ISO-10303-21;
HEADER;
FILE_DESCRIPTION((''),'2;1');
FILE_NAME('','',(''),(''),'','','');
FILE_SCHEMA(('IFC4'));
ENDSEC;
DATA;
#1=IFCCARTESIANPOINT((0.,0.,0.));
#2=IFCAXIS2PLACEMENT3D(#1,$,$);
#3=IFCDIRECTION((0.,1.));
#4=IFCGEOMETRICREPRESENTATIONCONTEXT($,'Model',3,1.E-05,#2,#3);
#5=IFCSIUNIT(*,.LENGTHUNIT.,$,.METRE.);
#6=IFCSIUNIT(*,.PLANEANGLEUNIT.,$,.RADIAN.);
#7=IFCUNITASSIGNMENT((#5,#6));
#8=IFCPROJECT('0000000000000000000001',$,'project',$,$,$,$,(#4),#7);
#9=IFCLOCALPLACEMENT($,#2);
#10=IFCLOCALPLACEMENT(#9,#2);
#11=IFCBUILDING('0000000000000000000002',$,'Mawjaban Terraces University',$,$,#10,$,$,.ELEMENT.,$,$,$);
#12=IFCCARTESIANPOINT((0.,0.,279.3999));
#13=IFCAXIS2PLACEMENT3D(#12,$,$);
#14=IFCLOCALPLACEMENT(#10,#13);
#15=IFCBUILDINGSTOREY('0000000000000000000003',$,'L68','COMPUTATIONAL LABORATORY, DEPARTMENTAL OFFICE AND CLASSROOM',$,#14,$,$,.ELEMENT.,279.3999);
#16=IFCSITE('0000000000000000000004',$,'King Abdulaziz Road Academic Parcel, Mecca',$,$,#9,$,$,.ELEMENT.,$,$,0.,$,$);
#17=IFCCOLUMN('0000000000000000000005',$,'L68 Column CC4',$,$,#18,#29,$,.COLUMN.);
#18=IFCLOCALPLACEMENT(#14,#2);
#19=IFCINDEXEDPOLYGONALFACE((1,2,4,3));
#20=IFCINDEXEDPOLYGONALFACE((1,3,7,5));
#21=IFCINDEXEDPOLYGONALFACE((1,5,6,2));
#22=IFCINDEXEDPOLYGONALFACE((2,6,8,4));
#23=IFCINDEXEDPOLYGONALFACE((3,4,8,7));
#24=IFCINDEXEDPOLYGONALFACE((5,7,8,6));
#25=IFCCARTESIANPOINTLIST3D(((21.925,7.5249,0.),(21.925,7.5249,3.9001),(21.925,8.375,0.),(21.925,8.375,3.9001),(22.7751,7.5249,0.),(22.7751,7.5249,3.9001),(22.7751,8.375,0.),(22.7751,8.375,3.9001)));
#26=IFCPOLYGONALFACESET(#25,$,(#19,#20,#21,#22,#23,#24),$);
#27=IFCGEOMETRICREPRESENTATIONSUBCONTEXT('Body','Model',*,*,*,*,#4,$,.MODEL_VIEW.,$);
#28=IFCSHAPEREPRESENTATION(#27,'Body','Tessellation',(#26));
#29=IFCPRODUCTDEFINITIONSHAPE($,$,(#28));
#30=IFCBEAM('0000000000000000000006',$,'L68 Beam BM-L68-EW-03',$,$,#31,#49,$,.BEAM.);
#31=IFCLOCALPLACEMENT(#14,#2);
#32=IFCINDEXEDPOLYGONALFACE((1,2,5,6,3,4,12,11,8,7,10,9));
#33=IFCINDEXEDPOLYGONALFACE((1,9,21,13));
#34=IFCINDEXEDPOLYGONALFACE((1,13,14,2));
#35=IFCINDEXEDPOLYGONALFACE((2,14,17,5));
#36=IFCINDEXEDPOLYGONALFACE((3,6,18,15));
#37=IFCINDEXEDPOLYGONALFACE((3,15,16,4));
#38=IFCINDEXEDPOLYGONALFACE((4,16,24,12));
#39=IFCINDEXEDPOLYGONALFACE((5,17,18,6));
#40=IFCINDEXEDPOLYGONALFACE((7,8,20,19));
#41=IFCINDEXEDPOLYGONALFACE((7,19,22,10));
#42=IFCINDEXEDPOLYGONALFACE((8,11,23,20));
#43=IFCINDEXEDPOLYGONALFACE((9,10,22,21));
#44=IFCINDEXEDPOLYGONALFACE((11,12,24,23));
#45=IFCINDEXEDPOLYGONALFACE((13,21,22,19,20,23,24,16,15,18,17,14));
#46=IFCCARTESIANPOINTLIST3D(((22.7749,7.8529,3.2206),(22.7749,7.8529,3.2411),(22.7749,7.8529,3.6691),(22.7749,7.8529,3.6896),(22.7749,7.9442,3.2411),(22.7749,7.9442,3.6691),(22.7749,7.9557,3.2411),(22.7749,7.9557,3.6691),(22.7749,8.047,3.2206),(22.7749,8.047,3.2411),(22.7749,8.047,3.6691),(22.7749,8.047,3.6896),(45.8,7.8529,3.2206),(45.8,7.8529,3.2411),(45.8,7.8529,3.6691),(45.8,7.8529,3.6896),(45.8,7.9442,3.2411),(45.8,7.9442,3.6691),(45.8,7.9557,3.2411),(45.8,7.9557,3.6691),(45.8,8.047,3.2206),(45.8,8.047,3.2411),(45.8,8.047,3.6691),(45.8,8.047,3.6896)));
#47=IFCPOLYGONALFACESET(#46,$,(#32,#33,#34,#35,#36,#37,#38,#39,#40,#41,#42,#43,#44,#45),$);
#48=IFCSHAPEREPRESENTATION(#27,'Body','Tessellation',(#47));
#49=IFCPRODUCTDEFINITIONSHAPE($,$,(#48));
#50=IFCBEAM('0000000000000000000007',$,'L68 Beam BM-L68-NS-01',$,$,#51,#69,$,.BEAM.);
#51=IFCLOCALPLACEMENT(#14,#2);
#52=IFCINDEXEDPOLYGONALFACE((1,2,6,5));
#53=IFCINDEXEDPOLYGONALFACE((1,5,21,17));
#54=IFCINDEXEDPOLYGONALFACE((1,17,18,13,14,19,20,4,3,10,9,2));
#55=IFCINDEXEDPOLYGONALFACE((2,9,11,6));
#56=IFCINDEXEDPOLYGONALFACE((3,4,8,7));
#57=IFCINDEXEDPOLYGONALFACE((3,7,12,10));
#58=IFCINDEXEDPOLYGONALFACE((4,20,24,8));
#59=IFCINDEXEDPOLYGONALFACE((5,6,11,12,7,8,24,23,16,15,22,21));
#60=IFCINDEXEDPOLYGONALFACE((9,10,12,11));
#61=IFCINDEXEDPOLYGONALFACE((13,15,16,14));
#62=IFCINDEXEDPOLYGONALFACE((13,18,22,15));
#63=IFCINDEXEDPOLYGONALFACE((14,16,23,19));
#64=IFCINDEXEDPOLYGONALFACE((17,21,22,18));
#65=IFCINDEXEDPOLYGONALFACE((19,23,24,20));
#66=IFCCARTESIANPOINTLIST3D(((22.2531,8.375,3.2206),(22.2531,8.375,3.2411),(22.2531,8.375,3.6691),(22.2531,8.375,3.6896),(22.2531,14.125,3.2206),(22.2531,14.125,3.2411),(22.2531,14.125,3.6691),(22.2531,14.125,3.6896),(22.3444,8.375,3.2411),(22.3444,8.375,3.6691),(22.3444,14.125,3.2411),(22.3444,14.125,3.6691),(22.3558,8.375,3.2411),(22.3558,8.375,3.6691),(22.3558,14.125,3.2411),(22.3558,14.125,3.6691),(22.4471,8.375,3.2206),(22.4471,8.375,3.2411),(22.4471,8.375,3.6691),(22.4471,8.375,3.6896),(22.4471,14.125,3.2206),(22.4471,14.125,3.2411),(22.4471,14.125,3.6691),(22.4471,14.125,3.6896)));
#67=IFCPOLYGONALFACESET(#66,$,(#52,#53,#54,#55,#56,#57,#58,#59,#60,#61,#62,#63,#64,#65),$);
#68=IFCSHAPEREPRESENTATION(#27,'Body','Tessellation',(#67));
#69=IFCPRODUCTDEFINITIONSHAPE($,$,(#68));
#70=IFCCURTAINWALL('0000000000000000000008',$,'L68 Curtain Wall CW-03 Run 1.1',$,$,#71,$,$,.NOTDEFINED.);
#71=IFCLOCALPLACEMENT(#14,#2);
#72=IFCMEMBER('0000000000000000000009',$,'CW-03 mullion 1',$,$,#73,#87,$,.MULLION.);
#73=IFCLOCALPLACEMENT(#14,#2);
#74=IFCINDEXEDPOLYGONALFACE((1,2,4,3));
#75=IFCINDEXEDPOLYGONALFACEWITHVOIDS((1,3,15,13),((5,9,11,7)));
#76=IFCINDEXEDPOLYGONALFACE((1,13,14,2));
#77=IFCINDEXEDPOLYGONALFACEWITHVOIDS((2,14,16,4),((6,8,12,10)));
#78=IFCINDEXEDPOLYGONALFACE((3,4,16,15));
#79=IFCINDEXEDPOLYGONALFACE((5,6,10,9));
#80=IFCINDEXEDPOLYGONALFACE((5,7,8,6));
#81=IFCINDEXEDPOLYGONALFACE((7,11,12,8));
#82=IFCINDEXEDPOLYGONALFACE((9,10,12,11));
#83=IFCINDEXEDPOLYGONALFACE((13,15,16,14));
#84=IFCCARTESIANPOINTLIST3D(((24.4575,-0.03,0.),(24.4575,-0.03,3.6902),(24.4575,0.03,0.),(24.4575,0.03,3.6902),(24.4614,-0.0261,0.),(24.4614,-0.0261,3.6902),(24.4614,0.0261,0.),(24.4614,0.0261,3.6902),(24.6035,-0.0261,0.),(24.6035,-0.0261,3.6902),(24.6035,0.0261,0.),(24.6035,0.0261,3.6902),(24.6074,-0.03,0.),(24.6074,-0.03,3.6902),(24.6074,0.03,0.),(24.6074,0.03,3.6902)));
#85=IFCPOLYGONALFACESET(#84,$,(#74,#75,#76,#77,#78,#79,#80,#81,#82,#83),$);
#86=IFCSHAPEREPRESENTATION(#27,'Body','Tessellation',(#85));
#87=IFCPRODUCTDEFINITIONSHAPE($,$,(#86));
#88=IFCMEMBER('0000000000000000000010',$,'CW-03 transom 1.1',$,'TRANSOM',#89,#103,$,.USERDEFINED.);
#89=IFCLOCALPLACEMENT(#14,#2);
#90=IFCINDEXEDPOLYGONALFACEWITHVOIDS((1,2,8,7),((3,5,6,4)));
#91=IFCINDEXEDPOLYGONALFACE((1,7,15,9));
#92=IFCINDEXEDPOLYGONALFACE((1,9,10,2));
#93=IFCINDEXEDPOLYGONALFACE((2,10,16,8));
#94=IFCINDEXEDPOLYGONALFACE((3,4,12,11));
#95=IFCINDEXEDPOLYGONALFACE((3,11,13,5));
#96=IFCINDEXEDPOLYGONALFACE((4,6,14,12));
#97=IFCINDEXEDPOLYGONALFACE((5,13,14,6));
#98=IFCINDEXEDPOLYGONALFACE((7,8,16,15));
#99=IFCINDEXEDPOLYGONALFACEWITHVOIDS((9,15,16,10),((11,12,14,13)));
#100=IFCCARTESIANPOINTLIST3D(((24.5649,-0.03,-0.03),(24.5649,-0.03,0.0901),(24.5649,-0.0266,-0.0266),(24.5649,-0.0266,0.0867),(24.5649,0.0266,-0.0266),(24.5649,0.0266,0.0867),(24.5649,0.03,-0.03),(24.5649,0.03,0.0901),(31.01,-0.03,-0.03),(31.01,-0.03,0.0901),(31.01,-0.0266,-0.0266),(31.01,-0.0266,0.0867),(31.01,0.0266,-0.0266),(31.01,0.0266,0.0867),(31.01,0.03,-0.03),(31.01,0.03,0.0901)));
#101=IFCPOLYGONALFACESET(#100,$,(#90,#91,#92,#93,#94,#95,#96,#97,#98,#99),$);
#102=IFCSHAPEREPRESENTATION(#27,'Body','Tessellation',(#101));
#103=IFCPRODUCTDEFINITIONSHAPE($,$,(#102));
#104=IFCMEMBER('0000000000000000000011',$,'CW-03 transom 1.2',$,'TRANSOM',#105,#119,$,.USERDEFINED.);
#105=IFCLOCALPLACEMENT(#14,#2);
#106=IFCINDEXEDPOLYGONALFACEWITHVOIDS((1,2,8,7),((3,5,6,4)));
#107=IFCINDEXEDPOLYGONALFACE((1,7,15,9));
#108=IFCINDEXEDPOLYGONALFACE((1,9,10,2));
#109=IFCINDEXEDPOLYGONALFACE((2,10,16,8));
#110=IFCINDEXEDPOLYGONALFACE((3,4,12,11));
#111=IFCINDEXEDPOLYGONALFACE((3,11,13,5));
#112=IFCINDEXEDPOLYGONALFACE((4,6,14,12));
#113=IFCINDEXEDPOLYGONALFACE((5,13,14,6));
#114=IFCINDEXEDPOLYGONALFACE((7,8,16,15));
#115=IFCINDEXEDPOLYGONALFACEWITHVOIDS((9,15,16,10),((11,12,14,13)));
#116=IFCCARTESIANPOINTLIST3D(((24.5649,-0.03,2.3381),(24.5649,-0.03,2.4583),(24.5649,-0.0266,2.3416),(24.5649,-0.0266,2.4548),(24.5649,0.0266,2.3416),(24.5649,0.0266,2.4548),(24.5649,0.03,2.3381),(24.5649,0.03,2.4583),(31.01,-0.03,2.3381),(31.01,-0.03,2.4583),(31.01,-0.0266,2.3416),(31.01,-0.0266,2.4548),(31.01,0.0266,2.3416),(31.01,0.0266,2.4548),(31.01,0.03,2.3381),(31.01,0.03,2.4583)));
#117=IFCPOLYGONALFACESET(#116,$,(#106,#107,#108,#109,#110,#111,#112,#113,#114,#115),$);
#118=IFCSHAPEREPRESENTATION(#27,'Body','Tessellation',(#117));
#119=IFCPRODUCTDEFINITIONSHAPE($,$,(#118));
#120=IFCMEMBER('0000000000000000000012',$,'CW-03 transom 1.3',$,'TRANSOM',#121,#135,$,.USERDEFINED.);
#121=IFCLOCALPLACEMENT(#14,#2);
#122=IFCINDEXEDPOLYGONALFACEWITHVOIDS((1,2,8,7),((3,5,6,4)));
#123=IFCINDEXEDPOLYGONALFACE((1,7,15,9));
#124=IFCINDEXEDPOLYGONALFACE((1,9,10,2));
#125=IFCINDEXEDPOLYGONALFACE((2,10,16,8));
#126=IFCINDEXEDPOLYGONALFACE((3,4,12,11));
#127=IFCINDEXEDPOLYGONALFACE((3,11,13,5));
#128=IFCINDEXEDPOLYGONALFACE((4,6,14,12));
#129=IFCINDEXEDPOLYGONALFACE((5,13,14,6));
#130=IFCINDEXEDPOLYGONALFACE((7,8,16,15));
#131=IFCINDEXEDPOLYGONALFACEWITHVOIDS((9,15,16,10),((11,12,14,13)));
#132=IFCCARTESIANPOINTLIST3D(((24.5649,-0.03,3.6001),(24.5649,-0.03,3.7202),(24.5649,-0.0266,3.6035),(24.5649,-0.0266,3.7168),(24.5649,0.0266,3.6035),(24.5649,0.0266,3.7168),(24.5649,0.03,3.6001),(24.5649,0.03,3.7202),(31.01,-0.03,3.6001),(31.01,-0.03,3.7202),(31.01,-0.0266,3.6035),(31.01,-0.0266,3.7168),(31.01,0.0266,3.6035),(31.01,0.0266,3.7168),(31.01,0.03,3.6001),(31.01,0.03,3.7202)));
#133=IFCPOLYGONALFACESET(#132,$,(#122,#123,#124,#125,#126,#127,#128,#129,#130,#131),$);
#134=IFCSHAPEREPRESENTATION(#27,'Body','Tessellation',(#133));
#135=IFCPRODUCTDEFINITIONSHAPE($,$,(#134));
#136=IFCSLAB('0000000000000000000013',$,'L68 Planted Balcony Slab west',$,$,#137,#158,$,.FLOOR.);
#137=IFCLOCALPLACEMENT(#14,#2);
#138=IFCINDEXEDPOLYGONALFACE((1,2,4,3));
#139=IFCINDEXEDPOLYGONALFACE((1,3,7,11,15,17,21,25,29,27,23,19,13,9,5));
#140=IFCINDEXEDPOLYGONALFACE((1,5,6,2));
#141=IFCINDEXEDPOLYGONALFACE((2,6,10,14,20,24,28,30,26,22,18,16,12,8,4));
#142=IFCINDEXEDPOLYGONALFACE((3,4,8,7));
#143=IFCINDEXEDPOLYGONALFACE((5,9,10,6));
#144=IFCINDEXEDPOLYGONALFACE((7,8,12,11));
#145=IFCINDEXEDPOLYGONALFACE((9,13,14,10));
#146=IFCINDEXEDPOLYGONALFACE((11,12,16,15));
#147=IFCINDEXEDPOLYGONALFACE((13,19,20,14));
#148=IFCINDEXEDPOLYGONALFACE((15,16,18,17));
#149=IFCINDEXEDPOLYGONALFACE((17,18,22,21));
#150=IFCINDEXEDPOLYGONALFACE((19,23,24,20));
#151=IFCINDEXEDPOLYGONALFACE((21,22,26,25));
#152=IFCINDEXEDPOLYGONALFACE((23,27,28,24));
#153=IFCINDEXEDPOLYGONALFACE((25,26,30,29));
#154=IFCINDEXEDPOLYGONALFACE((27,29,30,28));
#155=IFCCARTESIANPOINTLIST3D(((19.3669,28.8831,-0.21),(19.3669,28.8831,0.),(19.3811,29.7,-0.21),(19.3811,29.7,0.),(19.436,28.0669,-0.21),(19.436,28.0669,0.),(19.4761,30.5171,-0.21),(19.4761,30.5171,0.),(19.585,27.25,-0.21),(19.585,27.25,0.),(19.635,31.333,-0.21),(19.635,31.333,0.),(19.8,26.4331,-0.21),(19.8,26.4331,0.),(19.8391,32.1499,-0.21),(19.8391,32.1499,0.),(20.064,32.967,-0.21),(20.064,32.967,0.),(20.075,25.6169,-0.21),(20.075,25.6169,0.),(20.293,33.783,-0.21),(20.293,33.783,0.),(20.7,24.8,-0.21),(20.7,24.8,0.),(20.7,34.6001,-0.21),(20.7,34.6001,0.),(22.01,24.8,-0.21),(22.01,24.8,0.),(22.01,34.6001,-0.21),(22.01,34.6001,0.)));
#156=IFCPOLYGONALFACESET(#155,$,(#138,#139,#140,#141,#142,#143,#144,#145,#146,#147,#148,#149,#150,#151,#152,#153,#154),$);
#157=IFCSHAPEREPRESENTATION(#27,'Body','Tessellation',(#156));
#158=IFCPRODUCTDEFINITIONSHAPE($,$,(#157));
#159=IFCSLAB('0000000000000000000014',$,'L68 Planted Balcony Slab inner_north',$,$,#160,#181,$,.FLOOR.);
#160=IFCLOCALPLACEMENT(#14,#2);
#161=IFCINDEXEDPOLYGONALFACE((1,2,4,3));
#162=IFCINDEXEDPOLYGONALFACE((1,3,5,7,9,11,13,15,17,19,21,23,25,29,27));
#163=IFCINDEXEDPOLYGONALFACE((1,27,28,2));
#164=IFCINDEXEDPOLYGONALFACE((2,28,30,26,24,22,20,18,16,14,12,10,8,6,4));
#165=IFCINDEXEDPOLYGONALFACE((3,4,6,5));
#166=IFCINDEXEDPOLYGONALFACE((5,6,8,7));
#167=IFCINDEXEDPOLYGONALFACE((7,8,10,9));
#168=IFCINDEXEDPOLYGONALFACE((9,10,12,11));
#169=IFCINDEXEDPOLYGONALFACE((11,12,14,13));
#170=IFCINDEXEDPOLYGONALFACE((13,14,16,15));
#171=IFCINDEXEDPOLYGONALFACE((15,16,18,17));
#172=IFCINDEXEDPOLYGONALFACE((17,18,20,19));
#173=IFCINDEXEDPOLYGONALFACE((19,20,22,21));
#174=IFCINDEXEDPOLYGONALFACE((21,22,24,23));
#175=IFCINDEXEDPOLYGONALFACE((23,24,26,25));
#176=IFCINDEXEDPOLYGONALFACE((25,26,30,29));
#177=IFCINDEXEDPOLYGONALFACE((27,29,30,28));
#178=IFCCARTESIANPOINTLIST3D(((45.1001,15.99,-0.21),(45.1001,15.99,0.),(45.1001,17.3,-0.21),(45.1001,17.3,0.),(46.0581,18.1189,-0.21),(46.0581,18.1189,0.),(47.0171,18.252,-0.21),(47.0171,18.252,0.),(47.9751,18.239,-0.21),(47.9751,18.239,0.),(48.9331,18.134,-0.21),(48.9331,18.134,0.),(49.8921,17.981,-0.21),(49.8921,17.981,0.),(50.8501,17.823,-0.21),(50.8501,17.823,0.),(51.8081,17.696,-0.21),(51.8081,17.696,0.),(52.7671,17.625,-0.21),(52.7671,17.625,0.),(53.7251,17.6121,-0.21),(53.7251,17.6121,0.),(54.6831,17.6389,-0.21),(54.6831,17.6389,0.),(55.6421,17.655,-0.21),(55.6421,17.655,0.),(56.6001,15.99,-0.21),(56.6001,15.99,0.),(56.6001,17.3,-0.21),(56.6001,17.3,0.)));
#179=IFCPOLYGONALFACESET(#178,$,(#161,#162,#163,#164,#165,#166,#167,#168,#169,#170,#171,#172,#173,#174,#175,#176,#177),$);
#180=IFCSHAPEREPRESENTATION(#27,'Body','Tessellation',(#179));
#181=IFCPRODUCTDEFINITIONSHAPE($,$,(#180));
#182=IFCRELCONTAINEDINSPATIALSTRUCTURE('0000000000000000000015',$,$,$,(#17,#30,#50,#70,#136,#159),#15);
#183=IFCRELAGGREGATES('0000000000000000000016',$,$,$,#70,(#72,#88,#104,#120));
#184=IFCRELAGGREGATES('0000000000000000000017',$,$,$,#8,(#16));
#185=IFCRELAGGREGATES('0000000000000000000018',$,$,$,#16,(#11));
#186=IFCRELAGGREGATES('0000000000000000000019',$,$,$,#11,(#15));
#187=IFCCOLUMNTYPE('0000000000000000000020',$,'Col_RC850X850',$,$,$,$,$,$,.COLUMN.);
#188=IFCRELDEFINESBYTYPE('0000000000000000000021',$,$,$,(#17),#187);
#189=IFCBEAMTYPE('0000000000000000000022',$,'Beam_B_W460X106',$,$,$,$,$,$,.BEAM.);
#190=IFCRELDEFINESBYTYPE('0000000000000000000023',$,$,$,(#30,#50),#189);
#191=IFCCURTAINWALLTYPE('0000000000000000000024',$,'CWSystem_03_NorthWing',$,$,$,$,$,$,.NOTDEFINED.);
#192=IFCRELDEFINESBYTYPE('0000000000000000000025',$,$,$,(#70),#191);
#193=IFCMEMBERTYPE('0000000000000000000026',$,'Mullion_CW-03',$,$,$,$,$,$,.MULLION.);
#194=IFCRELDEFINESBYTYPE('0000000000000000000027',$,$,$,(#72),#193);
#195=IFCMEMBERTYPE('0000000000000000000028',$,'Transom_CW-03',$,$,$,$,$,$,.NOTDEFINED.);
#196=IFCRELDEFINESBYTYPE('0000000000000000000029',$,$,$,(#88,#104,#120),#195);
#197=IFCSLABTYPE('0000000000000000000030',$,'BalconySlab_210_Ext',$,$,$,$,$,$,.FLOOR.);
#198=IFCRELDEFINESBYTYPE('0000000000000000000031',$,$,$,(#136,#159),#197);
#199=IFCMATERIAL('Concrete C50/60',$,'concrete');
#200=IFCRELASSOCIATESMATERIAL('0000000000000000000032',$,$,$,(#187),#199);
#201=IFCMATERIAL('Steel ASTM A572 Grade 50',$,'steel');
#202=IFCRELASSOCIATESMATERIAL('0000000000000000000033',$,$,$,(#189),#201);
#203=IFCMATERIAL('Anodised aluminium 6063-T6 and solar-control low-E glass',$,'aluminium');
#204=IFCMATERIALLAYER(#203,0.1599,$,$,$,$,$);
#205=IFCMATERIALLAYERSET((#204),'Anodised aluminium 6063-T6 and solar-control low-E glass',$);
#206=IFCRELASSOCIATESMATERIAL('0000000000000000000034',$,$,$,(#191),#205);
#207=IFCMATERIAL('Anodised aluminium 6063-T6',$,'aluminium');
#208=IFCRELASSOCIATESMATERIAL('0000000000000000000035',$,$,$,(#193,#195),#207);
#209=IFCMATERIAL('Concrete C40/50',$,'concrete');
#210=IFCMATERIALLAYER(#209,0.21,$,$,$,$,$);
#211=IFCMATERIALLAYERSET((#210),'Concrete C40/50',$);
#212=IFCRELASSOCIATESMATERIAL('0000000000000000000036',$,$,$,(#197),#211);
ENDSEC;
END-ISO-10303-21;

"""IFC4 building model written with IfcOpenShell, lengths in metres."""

from ifc_helpers import new_model, si_unit, direction, frame, origin, origin_2d, place, context, subcontext, project, spatial, polyline, rectangle, hollow_rectangle, i_section, outline, extrude, material, layer, layer_set, material_profile, profile_set, type_object, element, aggregate, save


model = new_model("IFC4")

# Units and contexts
model_context = context("Model", 3, precision=1e-05, world=origin(), true_north=direction((0.0, 1.0)))
body_context = subcontext(model_context, "Body", "Model", "MODEL_VIEW")
ifc_project = project(units=[si_unit("LENGTHUNIT", "METRE"), si_unit("PLANEANGLEUNIT", "RADIAN")], contexts=[model_context])

# Site, building, storey
site_placement = place(None, origin())
site = spatial("IfcSite", under=ifc_project, at=site_placement, Name="King Abdulaziz Road Academic Parcel, Mecca", CompositionType="ELEMENT", RefElevation=0.0)
building_placement = place(site_placement, origin())
building = spatial("IfcBuilding", under=site, at=building_placement, Name="Mawjaban Terraces University", CompositionType="ELEMENT")
storey_placement = place(building_placement, frame((0.0, 0.0, 279.3999)))
storey = spatial("IfcBuildingStorey", under=building, at=storey_placement, Name="L68", Description="COMPUTATIONAL LABORATORY, DEPARTMENTAL OFFICE AND CLASSROOM", CompositionType="ELEMENT", Elevation=279.3999)

# Column
ifc_material_1 = material(Name="Concrete C50/60", Category="concrete")
ifc_material_profile_1 = material_profile(ifc_material_1, rectangle(XDim=0.8501, YDim=0.8501, at=origin_2d()), Name="RC850X850")
ifc_profile_set_1 = profile_set([ifc_material_profile_1], Name="Concrete C50/60")
column_type = type_object("IfcColumnType", Name="Col_RC850X850", PredefinedType="COLUMN", material=ifc_profile_set_1)
column_placement = place(storey_placement, frame((22.3501, 7.95, 0.0), z_axis=(0.0, 0.0, 1.0), x_axis=(1.0, 0.0, 0.0)))
element("IfcColumn", 1, at=column_placement, inside=storey, type_object=column_type, Name="L68 Column CC4", PredefinedType="COLUMN", context=body_context, shape_type="SweptSolid", body=[
    extrude(rectangle(XDim=0.8501, YDim=0.8501, at=origin_2d()), origin(), (0.0, 0.0, 1.0), 3.9001),
])

# Beams
ifc_material_2 = material(Name="Steel ASTM A572 Grade 50", Category="steel")
ifc_material_profile_2 = material_profile(ifc_material_2, i_section(OverallWidth=0.1941, OverallDepth=0.469, WebThickness=0.0115, FlangeThickness=0.0205, at=origin_2d()), Name="W460X106")
ifc_profile_set_2 = profile_set([ifc_material_profile_2], Name="Steel ASTM A572 Grade 50")
beam_type = type_object("IfcBeamType", Name="Beam_B_W460X106", PredefinedType="BEAM", material=ifc_profile_set_2)
beam_1_placement = place(storey_placement, frame((22.7749, 7.95, 3.4551), z_axis=(1.0, 0.0, 0.0), x_axis=(0.0, 1.0, 0.0)))
element("IfcBeam", 2, at=beam_1_placement, inside=storey, type_object=beam_type, Name="L68 Beam BM-L68-EW-03", PredefinedType="BEAM", context=body_context, shape_type="SweptSolid", body=[
    extrude(i_section(OverallWidth=0.1941, OverallDepth=0.469, WebThickness=0.0115, FlangeThickness=0.0205, at=origin_2d()), origin(), (0.0, 0.0, 1.0), 23.0251),
])
beam_2_placement = place(storey_placement, frame((22.3501, 8.375, 3.4551), z_axis=(0.0, 1.0, 0.0), x_axis=(-1.0, 0.0, 0.0)))
element("IfcBeam", 3, at=beam_2_placement, inside=storey, type_object=beam_type, Name="L68 Beam BM-L68-NS-01", PredefinedType="BEAM", context=body_context, shape_type="SweptSolid", body=[
    extrude(i_section(OverallWidth=0.1941, OverallDepth=0.469, WebThickness=0.0115, FlangeThickness=0.0205, at=origin_2d()), origin(), (0.0, 0.0, 1.0), 5.75),
])

# Curtain wall, members
ifc_material_3 = material(Name="Anodised aluminium 6063-T6 and solar-control low-E glass", Category="aluminium")
ifc_layer_1 = layer(ifc_material_3, 0.1599)
ifc_layer_set_1 = layer_set([ifc_layer_1], Name="Anodised aluminium 6063-T6 and solar-control low-E glass")
curtain_wall_type = type_object("IfcCurtainWallType", Name="CWSystem_03_NorthWing", PredefinedType="NOTDEFINED", material=ifc_layer_set_1)
curtain_wall_placement = place(storey_placement, origin())
curtain_wall = element("IfcCurtainWall", 4, at=curtain_wall_placement, inside=storey, type_object=curtain_wall_type, Name="L68 Curtain Wall CW-03 Run 1.1", PredefinedType="NOTDEFINED")
ifc_material_4 = material(Name="Anodised aluminium 6063-T6", Category="aluminium")
ifc_material_profile_3 = material_profile(ifc_material_4, hollow_rectangle(XDim=0.0601, YDim=0.1499, WallThickness=0.0039, at=origin_2d()), Name="ALU150X60X4")
ifc_profile_set_3 = profile_set([ifc_material_profile_3], Name="Anodised aluminium 6063-T6")
member_type_1 = type_object("IfcMemberType", Name="Mullion_CW-03", PredefinedType="MULLION", material=ifc_profile_set_3)
member_1_placement = place(storey_placement, frame((24.5325, 0.0, 0.0), z_axis=(0.0, 0.0, 1.0), x_axis=(0.0, 1.0, 0.0)))
member_1 = element("IfcMember", 5, at=member_1_placement, type_object=member_type_1, Name="CW-03 mullion 1", PredefinedType="MULLION", context=body_context, shape_type="SweptSolid", body=[
    extrude(hollow_rectangle(XDim=0.0601, YDim=0.1499, WallThickness=0.0039, at=origin_2d()), origin(), (0.0, 0.0, 1.0), 3.6902),
])
ifc_material_profile_4 = material_profile(ifc_material_4, hollow_rectangle(XDim=0.0601, YDim=0.1201, WallThickness=0.0034, at=origin_2d()), Name="ALU120X60X3.5")
ifc_profile_set_4 = profile_set([ifc_material_profile_4], Name="Anodised aluminium 6063-T6")
member_type_2 = type_object("IfcMemberType", Name="Transom_CW-03", PredefinedType="NOTDEFINED", material=ifc_profile_set_4)
member_2_placement = place(storey_placement, frame((24.5649, 0.0, 0.03), z_axis=(1.0, 0.0, 0.0), x_axis=(0.0, 1.0, 0.0)))
member_2 = element("IfcMember", 6, at=member_2_placement, type_object=member_type_2, Name="CW-03 transom 1.1", ObjectType="TRANSOM", PredefinedType="USERDEFINED", context=body_context, shape_type="SweptSolid", body=[
    extrude(hollow_rectangle(XDim=0.0601, YDim=0.1201, WallThickness=0.0034, at=origin_2d()), origin(), (0.0, 0.0, 1.0), 6.4451),
])
member_3_placement = place(storey_placement, frame((24.5649, 0.0, 2.3982), z_axis=(1.0, 0.0, 0.0), x_axis=(0.0, 1.0, 0.0)))
member_3 = element("IfcMember", 7, at=member_3_placement, type_object=member_type_2, Name="CW-03 transom 1.2", ObjectType="TRANSOM", PredefinedType="USERDEFINED", context=body_context, shape_type="SweptSolid", body=[
    extrude(hollow_rectangle(XDim=0.0601, YDim=0.1201, WallThickness=0.0034, at=origin_2d()), origin(), (0.0, 0.0, 1.0), 6.4451),
])
member_4_placement = place(storey_placement, frame((24.5649, 0.0, 3.6602), z_axis=(1.0, 0.0, 0.0), x_axis=(0.0, 1.0, 0.0)))
member_4 = element("IfcMember", 8, at=member_4_placement, type_object=member_type_2, Name="CW-03 transom 1.3", ObjectType="TRANSOM", PredefinedType="USERDEFINED", context=body_context, shape_type="SweptSolid", body=[
    extrude(hollow_rectangle(XDim=0.0601, YDim=0.1201, WallThickness=0.0034, at=origin_2d()), origin(), (0.0, 0.0, 1.0), 6.4451),
])
aggregate(curtain_wall, [member_1, member_2, member_3, member_4])

# Slabs
ifc_material_5 = material(Name="Concrete C40/50", Category="concrete")
ifc_layer_2 = layer(ifc_material_5, 0.21)
ifc_layer_set_2 = layer_set([ifc_layer_2], Name="Concrete C40/50")
slab_type_1 = type_object("IfcSlabType", Name="BalconySlab_210_Ext", PredefinedType="FLOOR", material=ifc_layer_set_2)
slab_1_placement = place(storey_placement, frame((0.0, 0.0, -0.21)))
element("IfcSlab", 9, at=slab_1_placement, inside=storey, type_object=slab_type_1, Name="L68 Planted Balcony Slab west", PredefinedType="FLOOR", context=body_context, shape_type="SweptSolid", body=[
    extrude(outline(polyline([(22.01, 24.8), (22.01, 34.6001), (20.7, 34.6001), (20.293, 33.783), (20.064, 32.967), (19.8391, 32.1499), (19.635, 31.333), (19.4761, 30.5171), (19.3811, 29.7), (19.3669, 28.8831), (19.436, 28.0669), (19.585, 27.25), (19.8, 26.4331), (20.075, 25.6169), (20.7, 24.8), (22.01, 24.8)])), origin(), (0.0, 0.0, 1.0), 0.21),
])
slab_2_placement = place(storey_placement, frame((0.0, 0.0, -0.21)))
element("IfcSlab", 10, at=slab_2_placement, inside=storey, type_object=slab_type_1, Name="L68 Planted Balcony Slab inner_north", PredefinedType="FLOOR", context=body_context, shape_type="SweptSolid", body=[
    extrude(outline(polyline([(45.1001, 15.99), (56.6001, 15.99), (56.6001, 17.3), (55.6421, 17.655), (54.6831, 17.6389), (53.7251, 17.6121), (52.7671, 17.625), (51.8081, 17.696), (50.8501, 17.823), (49.8921, 17.981), (48.9331, 18.134), (47.9751, 18.239), (47.0171, 18.252), (46.0581, 18.1189), (45.1001, 17.3), (45.1001, 15.99)])), origin(), (0.0, 0.0, 1.0), 0.21),
])

save(model, "model.ifc")
